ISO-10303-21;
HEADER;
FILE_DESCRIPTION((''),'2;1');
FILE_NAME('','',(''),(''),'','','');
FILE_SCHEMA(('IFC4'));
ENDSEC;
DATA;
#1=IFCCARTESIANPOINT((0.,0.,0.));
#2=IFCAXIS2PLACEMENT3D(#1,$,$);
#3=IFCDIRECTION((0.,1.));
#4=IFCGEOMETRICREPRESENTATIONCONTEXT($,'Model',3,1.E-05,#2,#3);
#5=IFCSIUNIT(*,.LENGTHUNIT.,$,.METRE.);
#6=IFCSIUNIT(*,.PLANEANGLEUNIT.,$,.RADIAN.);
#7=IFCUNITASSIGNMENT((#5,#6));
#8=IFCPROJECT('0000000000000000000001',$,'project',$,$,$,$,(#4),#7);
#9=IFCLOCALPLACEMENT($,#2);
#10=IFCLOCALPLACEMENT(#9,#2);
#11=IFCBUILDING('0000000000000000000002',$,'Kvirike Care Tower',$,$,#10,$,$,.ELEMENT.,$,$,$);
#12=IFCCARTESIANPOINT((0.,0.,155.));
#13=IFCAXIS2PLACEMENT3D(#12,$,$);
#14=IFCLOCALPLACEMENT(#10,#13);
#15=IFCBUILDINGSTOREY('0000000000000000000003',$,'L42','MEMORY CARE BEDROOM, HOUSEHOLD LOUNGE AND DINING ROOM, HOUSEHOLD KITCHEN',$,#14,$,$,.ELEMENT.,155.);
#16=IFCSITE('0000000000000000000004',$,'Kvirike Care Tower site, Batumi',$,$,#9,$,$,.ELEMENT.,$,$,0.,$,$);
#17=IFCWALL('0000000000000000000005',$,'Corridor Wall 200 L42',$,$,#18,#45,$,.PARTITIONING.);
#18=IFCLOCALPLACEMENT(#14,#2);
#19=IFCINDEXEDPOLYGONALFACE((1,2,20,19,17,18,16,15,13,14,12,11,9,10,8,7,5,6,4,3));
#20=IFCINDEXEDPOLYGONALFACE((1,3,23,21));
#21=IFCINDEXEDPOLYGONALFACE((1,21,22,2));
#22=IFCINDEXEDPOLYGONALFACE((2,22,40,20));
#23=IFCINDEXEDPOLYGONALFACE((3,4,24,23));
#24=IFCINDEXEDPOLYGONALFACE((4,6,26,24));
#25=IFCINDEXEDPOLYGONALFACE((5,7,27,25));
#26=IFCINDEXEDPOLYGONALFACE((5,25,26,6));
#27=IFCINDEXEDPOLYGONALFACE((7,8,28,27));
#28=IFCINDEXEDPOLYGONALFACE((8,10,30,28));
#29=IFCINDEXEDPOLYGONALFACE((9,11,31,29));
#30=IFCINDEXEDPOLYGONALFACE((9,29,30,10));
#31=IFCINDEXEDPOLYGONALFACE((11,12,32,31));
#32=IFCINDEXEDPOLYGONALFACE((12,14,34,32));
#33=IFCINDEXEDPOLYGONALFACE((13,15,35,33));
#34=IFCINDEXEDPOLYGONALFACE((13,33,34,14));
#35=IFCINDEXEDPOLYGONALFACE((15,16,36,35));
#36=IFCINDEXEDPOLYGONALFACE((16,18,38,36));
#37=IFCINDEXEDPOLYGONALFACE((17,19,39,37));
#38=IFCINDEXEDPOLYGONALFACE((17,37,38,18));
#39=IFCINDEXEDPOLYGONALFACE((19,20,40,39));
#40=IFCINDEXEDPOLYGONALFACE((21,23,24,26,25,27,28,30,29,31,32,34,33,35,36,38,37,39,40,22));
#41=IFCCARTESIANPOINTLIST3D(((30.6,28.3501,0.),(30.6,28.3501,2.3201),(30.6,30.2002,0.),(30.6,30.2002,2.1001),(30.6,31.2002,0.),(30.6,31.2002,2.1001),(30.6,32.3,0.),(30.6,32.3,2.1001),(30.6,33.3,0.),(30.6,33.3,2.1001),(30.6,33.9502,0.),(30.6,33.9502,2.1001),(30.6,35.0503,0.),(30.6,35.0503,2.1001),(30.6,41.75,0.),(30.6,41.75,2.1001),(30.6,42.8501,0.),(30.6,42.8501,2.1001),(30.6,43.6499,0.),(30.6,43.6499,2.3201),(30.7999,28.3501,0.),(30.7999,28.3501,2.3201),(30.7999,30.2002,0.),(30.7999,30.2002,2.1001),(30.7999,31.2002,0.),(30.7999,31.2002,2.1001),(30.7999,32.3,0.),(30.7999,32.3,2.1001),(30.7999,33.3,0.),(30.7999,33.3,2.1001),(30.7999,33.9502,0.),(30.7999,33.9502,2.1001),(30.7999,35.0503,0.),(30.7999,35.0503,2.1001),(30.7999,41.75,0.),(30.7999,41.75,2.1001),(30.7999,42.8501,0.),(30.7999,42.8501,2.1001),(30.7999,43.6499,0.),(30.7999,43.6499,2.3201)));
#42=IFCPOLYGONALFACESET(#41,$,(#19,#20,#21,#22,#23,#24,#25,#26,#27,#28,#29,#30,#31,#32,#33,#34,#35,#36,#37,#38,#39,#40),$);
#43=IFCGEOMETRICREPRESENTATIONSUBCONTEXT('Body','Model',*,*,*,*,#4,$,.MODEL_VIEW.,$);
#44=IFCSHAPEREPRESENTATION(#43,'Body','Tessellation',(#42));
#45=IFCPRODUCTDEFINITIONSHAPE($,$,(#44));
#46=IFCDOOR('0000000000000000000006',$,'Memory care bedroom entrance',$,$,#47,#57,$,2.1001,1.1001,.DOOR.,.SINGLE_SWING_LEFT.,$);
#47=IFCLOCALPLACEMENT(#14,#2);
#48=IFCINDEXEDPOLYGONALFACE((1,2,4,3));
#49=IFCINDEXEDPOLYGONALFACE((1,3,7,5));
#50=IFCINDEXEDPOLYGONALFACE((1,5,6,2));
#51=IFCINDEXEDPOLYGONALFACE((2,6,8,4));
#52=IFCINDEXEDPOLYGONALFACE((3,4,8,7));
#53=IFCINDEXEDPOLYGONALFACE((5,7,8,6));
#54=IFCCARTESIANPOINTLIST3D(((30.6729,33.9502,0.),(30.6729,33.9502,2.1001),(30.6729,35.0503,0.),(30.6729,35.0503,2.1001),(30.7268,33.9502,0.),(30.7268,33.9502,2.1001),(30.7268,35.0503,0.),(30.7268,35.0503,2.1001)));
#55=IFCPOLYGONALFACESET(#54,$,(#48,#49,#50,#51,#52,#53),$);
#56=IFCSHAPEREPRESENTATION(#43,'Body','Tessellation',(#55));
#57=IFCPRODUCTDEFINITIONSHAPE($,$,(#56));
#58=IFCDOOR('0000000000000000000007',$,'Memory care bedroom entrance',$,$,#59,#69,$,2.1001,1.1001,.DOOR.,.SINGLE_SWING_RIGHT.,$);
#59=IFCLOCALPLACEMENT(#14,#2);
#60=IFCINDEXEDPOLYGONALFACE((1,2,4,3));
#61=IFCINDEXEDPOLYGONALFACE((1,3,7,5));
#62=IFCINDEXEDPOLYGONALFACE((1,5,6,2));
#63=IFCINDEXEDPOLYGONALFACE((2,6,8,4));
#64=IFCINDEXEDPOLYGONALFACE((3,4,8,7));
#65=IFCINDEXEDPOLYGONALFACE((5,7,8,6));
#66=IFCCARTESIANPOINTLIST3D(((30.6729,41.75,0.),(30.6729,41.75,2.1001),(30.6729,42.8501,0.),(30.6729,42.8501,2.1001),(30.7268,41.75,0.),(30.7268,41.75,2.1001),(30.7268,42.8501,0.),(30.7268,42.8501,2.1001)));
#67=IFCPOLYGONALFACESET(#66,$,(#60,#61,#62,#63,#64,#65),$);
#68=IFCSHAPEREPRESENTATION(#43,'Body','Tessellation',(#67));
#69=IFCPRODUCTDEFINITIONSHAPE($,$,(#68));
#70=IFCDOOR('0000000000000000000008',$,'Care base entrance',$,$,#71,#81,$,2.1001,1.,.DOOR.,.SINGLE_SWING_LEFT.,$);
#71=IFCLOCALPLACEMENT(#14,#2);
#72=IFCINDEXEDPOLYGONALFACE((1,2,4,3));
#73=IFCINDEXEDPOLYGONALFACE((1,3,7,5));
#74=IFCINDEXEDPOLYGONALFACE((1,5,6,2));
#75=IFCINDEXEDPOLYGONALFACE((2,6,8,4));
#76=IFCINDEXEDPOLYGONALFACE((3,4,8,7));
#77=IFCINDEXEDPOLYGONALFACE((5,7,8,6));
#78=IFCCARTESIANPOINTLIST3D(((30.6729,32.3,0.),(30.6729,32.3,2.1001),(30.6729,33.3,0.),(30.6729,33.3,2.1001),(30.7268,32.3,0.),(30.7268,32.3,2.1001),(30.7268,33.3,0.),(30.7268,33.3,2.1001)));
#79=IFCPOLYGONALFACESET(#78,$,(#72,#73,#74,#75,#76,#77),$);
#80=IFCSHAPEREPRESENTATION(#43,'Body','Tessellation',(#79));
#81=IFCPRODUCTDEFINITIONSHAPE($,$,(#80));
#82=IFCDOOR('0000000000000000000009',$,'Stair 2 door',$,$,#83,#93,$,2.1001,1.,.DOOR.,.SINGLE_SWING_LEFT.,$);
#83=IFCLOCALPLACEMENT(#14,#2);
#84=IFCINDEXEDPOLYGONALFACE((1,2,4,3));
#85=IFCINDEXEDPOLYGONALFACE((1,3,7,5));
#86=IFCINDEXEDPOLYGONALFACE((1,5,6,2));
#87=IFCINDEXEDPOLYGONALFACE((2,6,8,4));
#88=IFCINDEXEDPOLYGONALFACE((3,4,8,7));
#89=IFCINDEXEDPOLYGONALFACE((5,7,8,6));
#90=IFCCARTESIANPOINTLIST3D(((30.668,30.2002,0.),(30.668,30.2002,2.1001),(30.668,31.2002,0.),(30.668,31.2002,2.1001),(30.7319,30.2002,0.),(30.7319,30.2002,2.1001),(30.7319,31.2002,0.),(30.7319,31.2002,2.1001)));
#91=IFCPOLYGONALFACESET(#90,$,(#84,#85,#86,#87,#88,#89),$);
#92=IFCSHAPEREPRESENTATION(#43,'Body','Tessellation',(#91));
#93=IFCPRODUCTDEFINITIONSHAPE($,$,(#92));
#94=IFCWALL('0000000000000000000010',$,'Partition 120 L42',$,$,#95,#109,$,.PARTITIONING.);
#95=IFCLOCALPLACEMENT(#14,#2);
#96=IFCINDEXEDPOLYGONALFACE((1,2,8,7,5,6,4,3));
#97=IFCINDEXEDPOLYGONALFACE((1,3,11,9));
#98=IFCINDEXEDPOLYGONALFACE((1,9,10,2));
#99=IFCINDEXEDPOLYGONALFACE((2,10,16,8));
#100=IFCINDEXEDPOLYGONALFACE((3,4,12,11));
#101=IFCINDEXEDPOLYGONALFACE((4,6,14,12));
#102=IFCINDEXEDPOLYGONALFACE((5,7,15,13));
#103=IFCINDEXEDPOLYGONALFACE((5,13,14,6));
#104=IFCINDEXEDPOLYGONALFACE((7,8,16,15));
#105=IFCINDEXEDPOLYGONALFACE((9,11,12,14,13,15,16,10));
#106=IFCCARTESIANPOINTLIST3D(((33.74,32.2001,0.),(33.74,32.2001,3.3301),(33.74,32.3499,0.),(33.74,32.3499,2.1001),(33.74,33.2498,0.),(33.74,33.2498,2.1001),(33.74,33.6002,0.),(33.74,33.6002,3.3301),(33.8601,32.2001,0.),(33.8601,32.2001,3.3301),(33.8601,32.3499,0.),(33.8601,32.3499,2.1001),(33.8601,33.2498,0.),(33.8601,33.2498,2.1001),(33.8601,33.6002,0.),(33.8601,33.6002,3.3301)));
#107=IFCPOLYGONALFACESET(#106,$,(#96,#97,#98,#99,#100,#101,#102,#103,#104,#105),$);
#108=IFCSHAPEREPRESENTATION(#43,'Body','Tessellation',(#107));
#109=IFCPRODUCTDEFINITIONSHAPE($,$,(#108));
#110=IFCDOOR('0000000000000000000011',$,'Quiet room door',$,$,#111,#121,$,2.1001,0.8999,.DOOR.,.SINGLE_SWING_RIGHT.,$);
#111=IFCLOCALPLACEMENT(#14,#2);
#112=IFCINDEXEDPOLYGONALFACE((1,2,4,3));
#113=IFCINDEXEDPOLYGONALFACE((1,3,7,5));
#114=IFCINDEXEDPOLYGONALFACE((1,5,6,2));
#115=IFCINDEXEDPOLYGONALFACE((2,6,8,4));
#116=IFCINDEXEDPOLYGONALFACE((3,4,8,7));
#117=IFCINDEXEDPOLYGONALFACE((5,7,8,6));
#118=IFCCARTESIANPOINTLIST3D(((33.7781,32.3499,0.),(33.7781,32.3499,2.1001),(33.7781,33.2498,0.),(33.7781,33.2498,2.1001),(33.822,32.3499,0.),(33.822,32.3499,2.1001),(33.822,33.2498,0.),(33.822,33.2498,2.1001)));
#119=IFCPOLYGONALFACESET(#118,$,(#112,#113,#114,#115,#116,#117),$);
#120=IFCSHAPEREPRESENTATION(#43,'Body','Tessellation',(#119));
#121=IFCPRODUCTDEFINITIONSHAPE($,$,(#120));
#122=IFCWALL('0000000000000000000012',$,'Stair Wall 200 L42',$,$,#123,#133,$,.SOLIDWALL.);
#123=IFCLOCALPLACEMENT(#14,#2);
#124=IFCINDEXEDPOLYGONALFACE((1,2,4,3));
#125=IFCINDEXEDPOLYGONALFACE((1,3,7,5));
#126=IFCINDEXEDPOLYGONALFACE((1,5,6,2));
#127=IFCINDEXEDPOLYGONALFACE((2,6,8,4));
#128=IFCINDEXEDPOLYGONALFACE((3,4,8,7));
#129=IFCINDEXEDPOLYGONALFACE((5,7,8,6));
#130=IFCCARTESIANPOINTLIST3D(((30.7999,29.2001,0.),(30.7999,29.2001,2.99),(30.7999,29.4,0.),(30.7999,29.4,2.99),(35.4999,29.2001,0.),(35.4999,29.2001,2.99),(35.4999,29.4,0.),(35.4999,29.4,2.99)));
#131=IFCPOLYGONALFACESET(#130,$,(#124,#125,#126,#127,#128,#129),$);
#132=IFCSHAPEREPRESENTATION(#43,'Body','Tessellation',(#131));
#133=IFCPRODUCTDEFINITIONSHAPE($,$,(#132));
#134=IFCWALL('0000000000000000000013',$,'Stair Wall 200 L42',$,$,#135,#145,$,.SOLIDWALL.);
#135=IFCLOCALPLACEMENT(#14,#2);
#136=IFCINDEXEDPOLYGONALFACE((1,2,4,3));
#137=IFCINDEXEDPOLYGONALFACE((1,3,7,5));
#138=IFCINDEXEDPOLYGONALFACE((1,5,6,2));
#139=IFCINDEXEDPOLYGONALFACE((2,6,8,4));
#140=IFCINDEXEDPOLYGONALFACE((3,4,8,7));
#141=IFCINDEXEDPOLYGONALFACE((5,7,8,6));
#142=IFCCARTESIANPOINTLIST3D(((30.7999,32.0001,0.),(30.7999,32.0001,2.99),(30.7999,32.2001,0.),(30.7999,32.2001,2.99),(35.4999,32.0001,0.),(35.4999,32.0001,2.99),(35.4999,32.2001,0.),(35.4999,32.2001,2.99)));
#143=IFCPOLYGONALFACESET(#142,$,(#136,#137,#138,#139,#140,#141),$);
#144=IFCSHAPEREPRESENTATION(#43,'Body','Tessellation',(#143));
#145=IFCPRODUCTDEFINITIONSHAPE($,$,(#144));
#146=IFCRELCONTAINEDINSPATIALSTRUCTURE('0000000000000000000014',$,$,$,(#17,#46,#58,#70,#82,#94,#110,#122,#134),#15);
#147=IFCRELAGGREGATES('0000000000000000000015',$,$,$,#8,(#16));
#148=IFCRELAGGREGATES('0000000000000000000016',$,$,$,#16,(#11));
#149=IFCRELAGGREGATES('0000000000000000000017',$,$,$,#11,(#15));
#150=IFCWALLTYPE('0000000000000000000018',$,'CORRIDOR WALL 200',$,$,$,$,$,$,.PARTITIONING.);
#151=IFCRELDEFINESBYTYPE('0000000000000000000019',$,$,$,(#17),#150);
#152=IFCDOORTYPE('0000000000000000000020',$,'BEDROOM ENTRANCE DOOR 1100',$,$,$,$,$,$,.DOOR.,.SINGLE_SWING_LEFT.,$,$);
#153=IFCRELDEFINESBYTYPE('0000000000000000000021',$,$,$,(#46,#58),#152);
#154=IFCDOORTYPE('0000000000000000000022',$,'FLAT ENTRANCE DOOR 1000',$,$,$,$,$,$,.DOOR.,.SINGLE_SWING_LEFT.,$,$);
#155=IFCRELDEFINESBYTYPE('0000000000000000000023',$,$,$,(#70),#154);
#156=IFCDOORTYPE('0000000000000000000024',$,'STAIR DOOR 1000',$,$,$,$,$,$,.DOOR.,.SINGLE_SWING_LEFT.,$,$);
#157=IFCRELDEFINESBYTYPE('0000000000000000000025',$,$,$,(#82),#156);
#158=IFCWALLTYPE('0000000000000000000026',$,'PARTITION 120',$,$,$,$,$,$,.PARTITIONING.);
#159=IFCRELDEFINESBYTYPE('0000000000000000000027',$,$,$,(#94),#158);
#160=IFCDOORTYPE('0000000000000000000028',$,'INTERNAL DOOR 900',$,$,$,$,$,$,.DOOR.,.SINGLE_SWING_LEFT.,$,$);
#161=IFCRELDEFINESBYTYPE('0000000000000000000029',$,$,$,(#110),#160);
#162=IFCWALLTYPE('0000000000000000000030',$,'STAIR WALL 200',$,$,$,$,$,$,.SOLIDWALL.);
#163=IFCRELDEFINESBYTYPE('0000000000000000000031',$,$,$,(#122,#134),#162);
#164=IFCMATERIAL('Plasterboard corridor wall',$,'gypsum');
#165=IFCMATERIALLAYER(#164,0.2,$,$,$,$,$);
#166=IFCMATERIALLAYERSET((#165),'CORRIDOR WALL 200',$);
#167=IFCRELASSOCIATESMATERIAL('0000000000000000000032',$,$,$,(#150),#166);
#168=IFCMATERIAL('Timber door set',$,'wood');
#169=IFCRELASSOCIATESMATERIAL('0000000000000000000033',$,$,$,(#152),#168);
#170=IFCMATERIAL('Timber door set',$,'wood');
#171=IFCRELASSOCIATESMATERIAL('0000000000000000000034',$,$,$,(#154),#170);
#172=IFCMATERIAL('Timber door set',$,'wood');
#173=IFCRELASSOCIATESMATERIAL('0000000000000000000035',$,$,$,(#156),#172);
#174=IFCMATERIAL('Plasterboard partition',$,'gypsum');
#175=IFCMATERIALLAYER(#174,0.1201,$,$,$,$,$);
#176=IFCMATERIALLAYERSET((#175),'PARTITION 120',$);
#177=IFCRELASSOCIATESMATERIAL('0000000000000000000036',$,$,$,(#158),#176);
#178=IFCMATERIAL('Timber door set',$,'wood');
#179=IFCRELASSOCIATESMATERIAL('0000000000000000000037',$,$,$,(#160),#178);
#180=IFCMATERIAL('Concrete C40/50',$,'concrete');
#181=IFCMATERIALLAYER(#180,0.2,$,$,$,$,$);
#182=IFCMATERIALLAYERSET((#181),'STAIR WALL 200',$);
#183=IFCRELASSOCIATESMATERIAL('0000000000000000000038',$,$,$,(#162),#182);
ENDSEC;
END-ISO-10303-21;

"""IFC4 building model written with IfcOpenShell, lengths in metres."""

from ifc_helpers import new_model, si_unit, direction, frame, frame_2d, origin, place, context, subcontext, project, spatial, rectangle, extrude, material, layer, layer_set, type_object, element, fill, save


model = new_model("IFC4")

# Units and contexts
model_context = context("Model", 3, precision=1e-05, world=origin(), true_north=direction((0.0, 1.0)))
body_context = subcontext(model_context, "Body", "Model", "MODEL_VIEW")
ifc_project = project(units=[si_unit("LENGTHUNIT", "METRE"), si_unit("PLANEANGLEUNIT", "RADIAN")], contexts=[model_context])

# Site, building, storey
site_placement = place(None, origin())
site = spatial("IfcSite", under=ifc_project, at=site_placement, Name="Kvirike Care Tower site, Batumi", CompositionType="ELEMENT", RefElevation=0.0)
building_placement = place(site_placement, origin())
building = spatial("IfcBuilding", under=site, at=building_placement, Name="Kvirike Care Tower", CompositionType="ELEMENT")
storey_placement = place(building_placement, frame((0.0, 0.0, 155.0)))
storey = spatial("IfcBuildingStorey", under=building, at=storey_placement, Name="L42", Description="MEMORY CARE BEDROOM, HOUSEHOLD LOUNGE AND DINING ROOM, HOUSEHOLD KITCHEN", CompositionType="ELEMENT", Elevation=155.0)

# Wall, openings, doors
ifc_material_1 = material(Name="Plasterboard corridor wall", Category="gypsum")
ifc_layer_1 = layer(ifc_material_1, 0.2)
ifc_layer_set_1 = layer_set([ifc_layer_1], Name="CORRIDOR WALL 200")
wall_type_1 = type_object("IfcWallType", Name="CORRIDOR WALL 200", PredefinedType="PARTITIONING", material=ifc_layer_set_1)
wall_1_placement = place(storey_placement, frame((30.7, 28.3501, 0.0), z_axis=(0.0, 0.0, 1.0), x_axis=(0.0, 1.0, 0.0)))
wall_1 = element("IfcWall", 1, at=wall_1_placement, inside=storey, type_object=wall_type_1, Name="Corridor Wall 200 L42", PredefinedType="PARTITIONING", context=body_context, shape_type="SweptSolid", body=[
    extrude(rectangle(XDim=15.2998, YDim=0.2, at=frame_2d((7.6499, 0.0))), origin(), (0.0, 0.0, 1.0), 2.3201),
])
opening_1_placement = place(wall_1_placement, frame((1.8501, 0.0, 0.0)))
opening_1 = element("IfcOpeningElement", 2, at=opening_1_placement, cuts=wall_1, PredefinedType="OPENING", context=body_context, shape_type="SweptSolid", body=[
    extrude(rectangle(XDim=1.0, YDim=2.1001, at=frame_2d((0.5, 1.05))), frame((0.0, 0.1106, 0.0), z_axis=(0.0, -1.0, 0.0), x_axis=(1.0, 0.0, 0.0)), (0.0, 0.0, 1.0), 0.2209),
])
opening_2_placement = place(wall_1_placement, frame((3.95, 0.0, 0.0)))
opening_2 = element("IfcOpeningElement", 3, at=opening_2_placement, cuts=wall_1, PredefinedType="OPENING", context=body_context, shape_type="SweptSolid", body=[
    extrude(rectangle(XDim=1.0, YDim=2.1001, at=frame_2d((0.5, 1.05))), frame((0.0, 0.1106, 0.0), z_axis=(0.0, -1.0, 0.0), x_axis=(1.0, 0.0, 0.0)), (0.0, 0.0, 1.0), 0.2209),
])
opening_3_placement = place(wall_1_placement, frame((5.6001, 0.0, 0.0)))
opening_3 = element("IfcOpeningElement", 4, at=opening_3_placement, cuts=wall_1, PredefinedType="OPENING", context=body_context, shape_type="SweptSolid", body=[
    extrude(rectangle(XDim=1.1001, YDim=2.1001, at=frame_2d((0.55, 1.05))), frame((0.0, 0.1106, 0.0), z_axis=(0.0, -1.0, 0.0), x_axis=(1.0, 0.0, 0.0)), (0.0, 0.0, 1.0), 0.2209),
])
opening_4_placement = place(wall_1_placement, frame((13.3999, 0.0, 0.0)))
opening_4 = element("IfcOpeningElement", 5, at=opening_4_placement, cuts=wall_1, PredefinedType="OPENING", context=body_context, shape_type="SweptSolid", body=[
    extrude(rectangle(XDim=1.1001, YDim=2.1001, at=frame_2d((0.55, 1.05))), frame((0.0, 0.1106, 0.0), z_axis=(0.0, -1.0, 0.0), x_axis=(1.0, 0.0, 0.0)), (0.0, 0.0, 1.0), 0.2209),
])
ifc_material_2 = material(Name="Timber door set", Category="wood")
door_type_1 = type_object("IfcDoorType", Name="BEDROOM ENTRANCE DOOR 1100", OperationType="SINGLE_SWING_LEFT", PredefinedType="DOOR", material=ifc_material_2)
door_1_placement = place(opening_3_placement, frame((1.1001, 0.0, 0.0), z_axis=(0.0, 0.0, 1.0), x_axis=(-1.0, 0.0, 0.0)))
door_1 = element("IfcDoor", 6, at=door_1_placement, inside=storey, type_object=door_type_1, Name="Memory care bedroom entrance", OperationType="SINGLE_SWING_LEFT", OverallHeight=2.1001, OverallWidth=1.1001, PredefinedType="DOOR", context=body_context, shape_type="SweptSolid", body=[
    extrude(rectangle(XDim=1.1001, YDim=2.1001, at=frame_2d((0.55, 1.05))), frame((0.0, 0.0269, 0.0), z_axis=(0.0, -1.0, 0.0), x_axis=(1.0, 0.0, 0.0)), (0.0, 0.0, 1.0), 0.054),
])
fill(opening_3, door_1)
door_2_placement = place(opening_4_placement, frame((1.1001, 0.0, 0.0), z_axis=(0.0, 0.0, 1.0), x_axis=(-1.0, 0.0, 0.0)))
door_2 = element("IfcDoor", 7, at=door_2_placement, inside=storey, type_object=door_type_1, Name="Memory care bedroom entrance", OperationType="SINGLE_SWING_RIGHT", OverallHeight=2.1001, OverallWidth=1.1001, PredefinedType="DOOR", context=body_context, shape_type="SweptSolid", body=[
    extrude(rectangle(XDim=1.1001, YDim=2.1001, at=frame_2d((0.55, 1.05))), frame((0.0, 0.0269, 0.0), z_axis=(0.0, -1.0, 0.0), x_axis=(1.0, 0.0, 0.0)), (0.0, 0.0, 1.0), 0.054),
])
fill(opening_4, door_2)
ifc_material_3 = material(Name="Timber door set", Category="wood")
door_type_2 = type_object("IfcDoorType", Name="FLAT ENTRANCE DOOR 1000", OperationType="SINGLE_SWING_LEFT", PredefinedType="DOOR", material=ifc_material_3)
door_3_placement = place(opening_2_placement, frame((1.0, 0.0, 0.0), z_axis=(0.0, 0.0, 1.0), x_axis=(-1.0, 0.0, 0.0)))
door_3 = element("IfcDoor", 8, at=door_3_placement, inside=storey, type_object=door_type_2, Name="Care base entrance", OperationType="SINGLE_SWING_LEFT", OverallHeight=2.1001, OverallWidth=1.0, PredefinedType="DOOR", context=body_context, shape_type="SweptSolid", body=[
    extrude(rectangle(XDim=1.0, YDim=2.1001, at=frame_2d((0.5, 1.05))), frame((0.0, 0.0269, 0.0), z_axis=(0.0, -1.0, 0.0), x_axis=(1.0, 0.0, 0.0)), (0.0, 0.0, 1.0), 0.054),
])
fill(opening_2, door_3)
ifc_material_4 = material(Name="Timber door set", Category="wood")
door_type_3 = type_object("IfcDoorType", Name="STAIR DOOR 1000", OperationType="SINGLE_SWING_LEFT", PredefinedType="DOOR", material=ifc_material_4)
door_4_placement = place(opening_1_placement, frame((1.0, 0.0, 0.0), z_axis=(0.0, 0.0, 1.0), x_axis=(-1.0, 0.0, 0.0)))
door_4 = element("IfcDoor", 9, at=door_4_placement, inside=storey, type_object=door_type_3, Name="Stair 2 door", OperationType="SINGLE_SWING_LEFT", OverallHeight=2.1001, OverallWidth=1.0, PredefinedType="DOOR", context=body_context, shape_type="SweptSolid", body=[
    extrude(rectangle(XDim=1.0, YDim=2.1001, at=frame_2d((0.5, 1.05))), frame((0.0, 0.032, 0.0), z_axis=(0.0, -1.0, 0.0), x_axis=(1.0, 0.0, 0.0)), (0.0, 0.0, 1.0), 0.064),
])
fill(opening_1, door_4)

# Wall, opening, door
ifc_material_5 = material(Name="Plasterboard partition", Category="gypsum")
ifc_layer_2 = layer(ifc_material_5, 0.1201)
ifc_layer_set_2 = layer_set([ifc_layer_2], Name="PARTITION 120")
wall_type_2 = type_object("IfcWallType", Name="PARTITION 120", PredefinedType="PARTITIONING", material=ifc_layer_set_2)
wall_2_placement = place(storey_placement, frame((33.8, 32.2, 0.0), z_axis=(0.0, 0.0, 1.0), x_axis=(0.0, 1.0, 0.0)))
wall_2 = element("IfcWall", 10, at=wall_2_placement, inside=storey, type_object=wall_type_2, Name="Partition 120 L42", PredefinedType="PARTITIONING", context=body_context, shape_type="SweptSolid", body=[
    extrude(rectangle(XDim=1.4001, YDim=0.1201, at=frame_2d((0.7002, 0.0))), origin(), (0.0, 0.0, 1.0), 3.3301),
])
opening_5_placement = place(wall_2_placement, frame((0.1499, 0.0, 0.0)))
opening_5 = element("IfcOpeningElement", 11, at=opening_5_placement, cuts=wall_2, PredefinedType="OPENING", context=body_context, shape_type="SweptSolid", body=[
    extrude(rectangle(XDim=0.8999, YDim=2.1001, at=frame_2d((0.45, 1.05))), frame((0.0, 0.0706, 0.0), z_axis=(0.0, -1.0, 0.0), x_axis=(1.0, 0.0, 0.0)), (0.0, 0.0, 1.0), 0.1411),
])
ifc_material_6 = material(Name="Timber door set", Category="wood")
door_type_4 = type_object("IfcDoorType", Name="INTERNAL DOOR 900", OperationType="SINGLE_SWING_LEFT", PredefinedType="DOOR", material=ifc_material_6)
door_5_placement = place(opening_5_placement, origin())
door_5 = element("IfcDoor", 12, at=door_5_placement, inside=storey, type_object=door_type_4, Name="Quiet room door", OperationType="SINGLE_SWING_RIGHT", OverallHeight=2.1001, OverallWidth=0.8999, PredefinedType="DOOR", context=body_context, shape_type="SweptSolid", body=[
    extrude(rectangle(XDim=0.8999, YDim=2.1001, at=frame_2d((0.45, 1.05))), frame((0.0, 0.022, 0.0), z_axis=(0.0, -1.0, 0.0), x_axis=(1.0, 0.0, 0.0)), (0.0, 0.0, 1.0), 0.0439),
])
fill(opening_5, door_5)

# Walls
ifc_material_7 = material(Name="Concrete C40/50", Category="concrete")
ifc_layer_3 = layer(ifc_material_7, 0.2)
ifc_layer_set_3 = layer_set([ifc_layer_3], Name="STAIR WALL 200")
wall_type_3 = type_object("IfcWallType", Name="STAIR WALL 200", PredefinedType="SOLIDWALL", material=ifc_layer_set_3)
for number, where, z_axis, x_axis, name in (
    (13, (35.5, 29.3, 0.0), (0.0, 0.0, 1.0), (-1.0, 0.0, 0.0), "Stair Wall 200 L42"),
    (14, (35.5, 32.1001, 0.0), (0.0, 0.0, 1.0), (-1.0, 0.0, 0.0), "Stair Wall 200 L42"),
):
    element("IfcWall", number, at=place(storey_placement, frame(where, z_axis=z_axis, x_axis=x_axis)), inside=storey, type_object=wall_type_3, Name=name, PredefinedType="SOLIDWALL", context=body_context, shape_type="SweptSolid", body=[
        extrude(rectangle(XDim=4.7, YDim=0.2, at=frame_2d((2.3501, 0.0))), origin(), (0.0, 0.0, 1.0), 2.99),
    ])

save(model, "model.ifc")
